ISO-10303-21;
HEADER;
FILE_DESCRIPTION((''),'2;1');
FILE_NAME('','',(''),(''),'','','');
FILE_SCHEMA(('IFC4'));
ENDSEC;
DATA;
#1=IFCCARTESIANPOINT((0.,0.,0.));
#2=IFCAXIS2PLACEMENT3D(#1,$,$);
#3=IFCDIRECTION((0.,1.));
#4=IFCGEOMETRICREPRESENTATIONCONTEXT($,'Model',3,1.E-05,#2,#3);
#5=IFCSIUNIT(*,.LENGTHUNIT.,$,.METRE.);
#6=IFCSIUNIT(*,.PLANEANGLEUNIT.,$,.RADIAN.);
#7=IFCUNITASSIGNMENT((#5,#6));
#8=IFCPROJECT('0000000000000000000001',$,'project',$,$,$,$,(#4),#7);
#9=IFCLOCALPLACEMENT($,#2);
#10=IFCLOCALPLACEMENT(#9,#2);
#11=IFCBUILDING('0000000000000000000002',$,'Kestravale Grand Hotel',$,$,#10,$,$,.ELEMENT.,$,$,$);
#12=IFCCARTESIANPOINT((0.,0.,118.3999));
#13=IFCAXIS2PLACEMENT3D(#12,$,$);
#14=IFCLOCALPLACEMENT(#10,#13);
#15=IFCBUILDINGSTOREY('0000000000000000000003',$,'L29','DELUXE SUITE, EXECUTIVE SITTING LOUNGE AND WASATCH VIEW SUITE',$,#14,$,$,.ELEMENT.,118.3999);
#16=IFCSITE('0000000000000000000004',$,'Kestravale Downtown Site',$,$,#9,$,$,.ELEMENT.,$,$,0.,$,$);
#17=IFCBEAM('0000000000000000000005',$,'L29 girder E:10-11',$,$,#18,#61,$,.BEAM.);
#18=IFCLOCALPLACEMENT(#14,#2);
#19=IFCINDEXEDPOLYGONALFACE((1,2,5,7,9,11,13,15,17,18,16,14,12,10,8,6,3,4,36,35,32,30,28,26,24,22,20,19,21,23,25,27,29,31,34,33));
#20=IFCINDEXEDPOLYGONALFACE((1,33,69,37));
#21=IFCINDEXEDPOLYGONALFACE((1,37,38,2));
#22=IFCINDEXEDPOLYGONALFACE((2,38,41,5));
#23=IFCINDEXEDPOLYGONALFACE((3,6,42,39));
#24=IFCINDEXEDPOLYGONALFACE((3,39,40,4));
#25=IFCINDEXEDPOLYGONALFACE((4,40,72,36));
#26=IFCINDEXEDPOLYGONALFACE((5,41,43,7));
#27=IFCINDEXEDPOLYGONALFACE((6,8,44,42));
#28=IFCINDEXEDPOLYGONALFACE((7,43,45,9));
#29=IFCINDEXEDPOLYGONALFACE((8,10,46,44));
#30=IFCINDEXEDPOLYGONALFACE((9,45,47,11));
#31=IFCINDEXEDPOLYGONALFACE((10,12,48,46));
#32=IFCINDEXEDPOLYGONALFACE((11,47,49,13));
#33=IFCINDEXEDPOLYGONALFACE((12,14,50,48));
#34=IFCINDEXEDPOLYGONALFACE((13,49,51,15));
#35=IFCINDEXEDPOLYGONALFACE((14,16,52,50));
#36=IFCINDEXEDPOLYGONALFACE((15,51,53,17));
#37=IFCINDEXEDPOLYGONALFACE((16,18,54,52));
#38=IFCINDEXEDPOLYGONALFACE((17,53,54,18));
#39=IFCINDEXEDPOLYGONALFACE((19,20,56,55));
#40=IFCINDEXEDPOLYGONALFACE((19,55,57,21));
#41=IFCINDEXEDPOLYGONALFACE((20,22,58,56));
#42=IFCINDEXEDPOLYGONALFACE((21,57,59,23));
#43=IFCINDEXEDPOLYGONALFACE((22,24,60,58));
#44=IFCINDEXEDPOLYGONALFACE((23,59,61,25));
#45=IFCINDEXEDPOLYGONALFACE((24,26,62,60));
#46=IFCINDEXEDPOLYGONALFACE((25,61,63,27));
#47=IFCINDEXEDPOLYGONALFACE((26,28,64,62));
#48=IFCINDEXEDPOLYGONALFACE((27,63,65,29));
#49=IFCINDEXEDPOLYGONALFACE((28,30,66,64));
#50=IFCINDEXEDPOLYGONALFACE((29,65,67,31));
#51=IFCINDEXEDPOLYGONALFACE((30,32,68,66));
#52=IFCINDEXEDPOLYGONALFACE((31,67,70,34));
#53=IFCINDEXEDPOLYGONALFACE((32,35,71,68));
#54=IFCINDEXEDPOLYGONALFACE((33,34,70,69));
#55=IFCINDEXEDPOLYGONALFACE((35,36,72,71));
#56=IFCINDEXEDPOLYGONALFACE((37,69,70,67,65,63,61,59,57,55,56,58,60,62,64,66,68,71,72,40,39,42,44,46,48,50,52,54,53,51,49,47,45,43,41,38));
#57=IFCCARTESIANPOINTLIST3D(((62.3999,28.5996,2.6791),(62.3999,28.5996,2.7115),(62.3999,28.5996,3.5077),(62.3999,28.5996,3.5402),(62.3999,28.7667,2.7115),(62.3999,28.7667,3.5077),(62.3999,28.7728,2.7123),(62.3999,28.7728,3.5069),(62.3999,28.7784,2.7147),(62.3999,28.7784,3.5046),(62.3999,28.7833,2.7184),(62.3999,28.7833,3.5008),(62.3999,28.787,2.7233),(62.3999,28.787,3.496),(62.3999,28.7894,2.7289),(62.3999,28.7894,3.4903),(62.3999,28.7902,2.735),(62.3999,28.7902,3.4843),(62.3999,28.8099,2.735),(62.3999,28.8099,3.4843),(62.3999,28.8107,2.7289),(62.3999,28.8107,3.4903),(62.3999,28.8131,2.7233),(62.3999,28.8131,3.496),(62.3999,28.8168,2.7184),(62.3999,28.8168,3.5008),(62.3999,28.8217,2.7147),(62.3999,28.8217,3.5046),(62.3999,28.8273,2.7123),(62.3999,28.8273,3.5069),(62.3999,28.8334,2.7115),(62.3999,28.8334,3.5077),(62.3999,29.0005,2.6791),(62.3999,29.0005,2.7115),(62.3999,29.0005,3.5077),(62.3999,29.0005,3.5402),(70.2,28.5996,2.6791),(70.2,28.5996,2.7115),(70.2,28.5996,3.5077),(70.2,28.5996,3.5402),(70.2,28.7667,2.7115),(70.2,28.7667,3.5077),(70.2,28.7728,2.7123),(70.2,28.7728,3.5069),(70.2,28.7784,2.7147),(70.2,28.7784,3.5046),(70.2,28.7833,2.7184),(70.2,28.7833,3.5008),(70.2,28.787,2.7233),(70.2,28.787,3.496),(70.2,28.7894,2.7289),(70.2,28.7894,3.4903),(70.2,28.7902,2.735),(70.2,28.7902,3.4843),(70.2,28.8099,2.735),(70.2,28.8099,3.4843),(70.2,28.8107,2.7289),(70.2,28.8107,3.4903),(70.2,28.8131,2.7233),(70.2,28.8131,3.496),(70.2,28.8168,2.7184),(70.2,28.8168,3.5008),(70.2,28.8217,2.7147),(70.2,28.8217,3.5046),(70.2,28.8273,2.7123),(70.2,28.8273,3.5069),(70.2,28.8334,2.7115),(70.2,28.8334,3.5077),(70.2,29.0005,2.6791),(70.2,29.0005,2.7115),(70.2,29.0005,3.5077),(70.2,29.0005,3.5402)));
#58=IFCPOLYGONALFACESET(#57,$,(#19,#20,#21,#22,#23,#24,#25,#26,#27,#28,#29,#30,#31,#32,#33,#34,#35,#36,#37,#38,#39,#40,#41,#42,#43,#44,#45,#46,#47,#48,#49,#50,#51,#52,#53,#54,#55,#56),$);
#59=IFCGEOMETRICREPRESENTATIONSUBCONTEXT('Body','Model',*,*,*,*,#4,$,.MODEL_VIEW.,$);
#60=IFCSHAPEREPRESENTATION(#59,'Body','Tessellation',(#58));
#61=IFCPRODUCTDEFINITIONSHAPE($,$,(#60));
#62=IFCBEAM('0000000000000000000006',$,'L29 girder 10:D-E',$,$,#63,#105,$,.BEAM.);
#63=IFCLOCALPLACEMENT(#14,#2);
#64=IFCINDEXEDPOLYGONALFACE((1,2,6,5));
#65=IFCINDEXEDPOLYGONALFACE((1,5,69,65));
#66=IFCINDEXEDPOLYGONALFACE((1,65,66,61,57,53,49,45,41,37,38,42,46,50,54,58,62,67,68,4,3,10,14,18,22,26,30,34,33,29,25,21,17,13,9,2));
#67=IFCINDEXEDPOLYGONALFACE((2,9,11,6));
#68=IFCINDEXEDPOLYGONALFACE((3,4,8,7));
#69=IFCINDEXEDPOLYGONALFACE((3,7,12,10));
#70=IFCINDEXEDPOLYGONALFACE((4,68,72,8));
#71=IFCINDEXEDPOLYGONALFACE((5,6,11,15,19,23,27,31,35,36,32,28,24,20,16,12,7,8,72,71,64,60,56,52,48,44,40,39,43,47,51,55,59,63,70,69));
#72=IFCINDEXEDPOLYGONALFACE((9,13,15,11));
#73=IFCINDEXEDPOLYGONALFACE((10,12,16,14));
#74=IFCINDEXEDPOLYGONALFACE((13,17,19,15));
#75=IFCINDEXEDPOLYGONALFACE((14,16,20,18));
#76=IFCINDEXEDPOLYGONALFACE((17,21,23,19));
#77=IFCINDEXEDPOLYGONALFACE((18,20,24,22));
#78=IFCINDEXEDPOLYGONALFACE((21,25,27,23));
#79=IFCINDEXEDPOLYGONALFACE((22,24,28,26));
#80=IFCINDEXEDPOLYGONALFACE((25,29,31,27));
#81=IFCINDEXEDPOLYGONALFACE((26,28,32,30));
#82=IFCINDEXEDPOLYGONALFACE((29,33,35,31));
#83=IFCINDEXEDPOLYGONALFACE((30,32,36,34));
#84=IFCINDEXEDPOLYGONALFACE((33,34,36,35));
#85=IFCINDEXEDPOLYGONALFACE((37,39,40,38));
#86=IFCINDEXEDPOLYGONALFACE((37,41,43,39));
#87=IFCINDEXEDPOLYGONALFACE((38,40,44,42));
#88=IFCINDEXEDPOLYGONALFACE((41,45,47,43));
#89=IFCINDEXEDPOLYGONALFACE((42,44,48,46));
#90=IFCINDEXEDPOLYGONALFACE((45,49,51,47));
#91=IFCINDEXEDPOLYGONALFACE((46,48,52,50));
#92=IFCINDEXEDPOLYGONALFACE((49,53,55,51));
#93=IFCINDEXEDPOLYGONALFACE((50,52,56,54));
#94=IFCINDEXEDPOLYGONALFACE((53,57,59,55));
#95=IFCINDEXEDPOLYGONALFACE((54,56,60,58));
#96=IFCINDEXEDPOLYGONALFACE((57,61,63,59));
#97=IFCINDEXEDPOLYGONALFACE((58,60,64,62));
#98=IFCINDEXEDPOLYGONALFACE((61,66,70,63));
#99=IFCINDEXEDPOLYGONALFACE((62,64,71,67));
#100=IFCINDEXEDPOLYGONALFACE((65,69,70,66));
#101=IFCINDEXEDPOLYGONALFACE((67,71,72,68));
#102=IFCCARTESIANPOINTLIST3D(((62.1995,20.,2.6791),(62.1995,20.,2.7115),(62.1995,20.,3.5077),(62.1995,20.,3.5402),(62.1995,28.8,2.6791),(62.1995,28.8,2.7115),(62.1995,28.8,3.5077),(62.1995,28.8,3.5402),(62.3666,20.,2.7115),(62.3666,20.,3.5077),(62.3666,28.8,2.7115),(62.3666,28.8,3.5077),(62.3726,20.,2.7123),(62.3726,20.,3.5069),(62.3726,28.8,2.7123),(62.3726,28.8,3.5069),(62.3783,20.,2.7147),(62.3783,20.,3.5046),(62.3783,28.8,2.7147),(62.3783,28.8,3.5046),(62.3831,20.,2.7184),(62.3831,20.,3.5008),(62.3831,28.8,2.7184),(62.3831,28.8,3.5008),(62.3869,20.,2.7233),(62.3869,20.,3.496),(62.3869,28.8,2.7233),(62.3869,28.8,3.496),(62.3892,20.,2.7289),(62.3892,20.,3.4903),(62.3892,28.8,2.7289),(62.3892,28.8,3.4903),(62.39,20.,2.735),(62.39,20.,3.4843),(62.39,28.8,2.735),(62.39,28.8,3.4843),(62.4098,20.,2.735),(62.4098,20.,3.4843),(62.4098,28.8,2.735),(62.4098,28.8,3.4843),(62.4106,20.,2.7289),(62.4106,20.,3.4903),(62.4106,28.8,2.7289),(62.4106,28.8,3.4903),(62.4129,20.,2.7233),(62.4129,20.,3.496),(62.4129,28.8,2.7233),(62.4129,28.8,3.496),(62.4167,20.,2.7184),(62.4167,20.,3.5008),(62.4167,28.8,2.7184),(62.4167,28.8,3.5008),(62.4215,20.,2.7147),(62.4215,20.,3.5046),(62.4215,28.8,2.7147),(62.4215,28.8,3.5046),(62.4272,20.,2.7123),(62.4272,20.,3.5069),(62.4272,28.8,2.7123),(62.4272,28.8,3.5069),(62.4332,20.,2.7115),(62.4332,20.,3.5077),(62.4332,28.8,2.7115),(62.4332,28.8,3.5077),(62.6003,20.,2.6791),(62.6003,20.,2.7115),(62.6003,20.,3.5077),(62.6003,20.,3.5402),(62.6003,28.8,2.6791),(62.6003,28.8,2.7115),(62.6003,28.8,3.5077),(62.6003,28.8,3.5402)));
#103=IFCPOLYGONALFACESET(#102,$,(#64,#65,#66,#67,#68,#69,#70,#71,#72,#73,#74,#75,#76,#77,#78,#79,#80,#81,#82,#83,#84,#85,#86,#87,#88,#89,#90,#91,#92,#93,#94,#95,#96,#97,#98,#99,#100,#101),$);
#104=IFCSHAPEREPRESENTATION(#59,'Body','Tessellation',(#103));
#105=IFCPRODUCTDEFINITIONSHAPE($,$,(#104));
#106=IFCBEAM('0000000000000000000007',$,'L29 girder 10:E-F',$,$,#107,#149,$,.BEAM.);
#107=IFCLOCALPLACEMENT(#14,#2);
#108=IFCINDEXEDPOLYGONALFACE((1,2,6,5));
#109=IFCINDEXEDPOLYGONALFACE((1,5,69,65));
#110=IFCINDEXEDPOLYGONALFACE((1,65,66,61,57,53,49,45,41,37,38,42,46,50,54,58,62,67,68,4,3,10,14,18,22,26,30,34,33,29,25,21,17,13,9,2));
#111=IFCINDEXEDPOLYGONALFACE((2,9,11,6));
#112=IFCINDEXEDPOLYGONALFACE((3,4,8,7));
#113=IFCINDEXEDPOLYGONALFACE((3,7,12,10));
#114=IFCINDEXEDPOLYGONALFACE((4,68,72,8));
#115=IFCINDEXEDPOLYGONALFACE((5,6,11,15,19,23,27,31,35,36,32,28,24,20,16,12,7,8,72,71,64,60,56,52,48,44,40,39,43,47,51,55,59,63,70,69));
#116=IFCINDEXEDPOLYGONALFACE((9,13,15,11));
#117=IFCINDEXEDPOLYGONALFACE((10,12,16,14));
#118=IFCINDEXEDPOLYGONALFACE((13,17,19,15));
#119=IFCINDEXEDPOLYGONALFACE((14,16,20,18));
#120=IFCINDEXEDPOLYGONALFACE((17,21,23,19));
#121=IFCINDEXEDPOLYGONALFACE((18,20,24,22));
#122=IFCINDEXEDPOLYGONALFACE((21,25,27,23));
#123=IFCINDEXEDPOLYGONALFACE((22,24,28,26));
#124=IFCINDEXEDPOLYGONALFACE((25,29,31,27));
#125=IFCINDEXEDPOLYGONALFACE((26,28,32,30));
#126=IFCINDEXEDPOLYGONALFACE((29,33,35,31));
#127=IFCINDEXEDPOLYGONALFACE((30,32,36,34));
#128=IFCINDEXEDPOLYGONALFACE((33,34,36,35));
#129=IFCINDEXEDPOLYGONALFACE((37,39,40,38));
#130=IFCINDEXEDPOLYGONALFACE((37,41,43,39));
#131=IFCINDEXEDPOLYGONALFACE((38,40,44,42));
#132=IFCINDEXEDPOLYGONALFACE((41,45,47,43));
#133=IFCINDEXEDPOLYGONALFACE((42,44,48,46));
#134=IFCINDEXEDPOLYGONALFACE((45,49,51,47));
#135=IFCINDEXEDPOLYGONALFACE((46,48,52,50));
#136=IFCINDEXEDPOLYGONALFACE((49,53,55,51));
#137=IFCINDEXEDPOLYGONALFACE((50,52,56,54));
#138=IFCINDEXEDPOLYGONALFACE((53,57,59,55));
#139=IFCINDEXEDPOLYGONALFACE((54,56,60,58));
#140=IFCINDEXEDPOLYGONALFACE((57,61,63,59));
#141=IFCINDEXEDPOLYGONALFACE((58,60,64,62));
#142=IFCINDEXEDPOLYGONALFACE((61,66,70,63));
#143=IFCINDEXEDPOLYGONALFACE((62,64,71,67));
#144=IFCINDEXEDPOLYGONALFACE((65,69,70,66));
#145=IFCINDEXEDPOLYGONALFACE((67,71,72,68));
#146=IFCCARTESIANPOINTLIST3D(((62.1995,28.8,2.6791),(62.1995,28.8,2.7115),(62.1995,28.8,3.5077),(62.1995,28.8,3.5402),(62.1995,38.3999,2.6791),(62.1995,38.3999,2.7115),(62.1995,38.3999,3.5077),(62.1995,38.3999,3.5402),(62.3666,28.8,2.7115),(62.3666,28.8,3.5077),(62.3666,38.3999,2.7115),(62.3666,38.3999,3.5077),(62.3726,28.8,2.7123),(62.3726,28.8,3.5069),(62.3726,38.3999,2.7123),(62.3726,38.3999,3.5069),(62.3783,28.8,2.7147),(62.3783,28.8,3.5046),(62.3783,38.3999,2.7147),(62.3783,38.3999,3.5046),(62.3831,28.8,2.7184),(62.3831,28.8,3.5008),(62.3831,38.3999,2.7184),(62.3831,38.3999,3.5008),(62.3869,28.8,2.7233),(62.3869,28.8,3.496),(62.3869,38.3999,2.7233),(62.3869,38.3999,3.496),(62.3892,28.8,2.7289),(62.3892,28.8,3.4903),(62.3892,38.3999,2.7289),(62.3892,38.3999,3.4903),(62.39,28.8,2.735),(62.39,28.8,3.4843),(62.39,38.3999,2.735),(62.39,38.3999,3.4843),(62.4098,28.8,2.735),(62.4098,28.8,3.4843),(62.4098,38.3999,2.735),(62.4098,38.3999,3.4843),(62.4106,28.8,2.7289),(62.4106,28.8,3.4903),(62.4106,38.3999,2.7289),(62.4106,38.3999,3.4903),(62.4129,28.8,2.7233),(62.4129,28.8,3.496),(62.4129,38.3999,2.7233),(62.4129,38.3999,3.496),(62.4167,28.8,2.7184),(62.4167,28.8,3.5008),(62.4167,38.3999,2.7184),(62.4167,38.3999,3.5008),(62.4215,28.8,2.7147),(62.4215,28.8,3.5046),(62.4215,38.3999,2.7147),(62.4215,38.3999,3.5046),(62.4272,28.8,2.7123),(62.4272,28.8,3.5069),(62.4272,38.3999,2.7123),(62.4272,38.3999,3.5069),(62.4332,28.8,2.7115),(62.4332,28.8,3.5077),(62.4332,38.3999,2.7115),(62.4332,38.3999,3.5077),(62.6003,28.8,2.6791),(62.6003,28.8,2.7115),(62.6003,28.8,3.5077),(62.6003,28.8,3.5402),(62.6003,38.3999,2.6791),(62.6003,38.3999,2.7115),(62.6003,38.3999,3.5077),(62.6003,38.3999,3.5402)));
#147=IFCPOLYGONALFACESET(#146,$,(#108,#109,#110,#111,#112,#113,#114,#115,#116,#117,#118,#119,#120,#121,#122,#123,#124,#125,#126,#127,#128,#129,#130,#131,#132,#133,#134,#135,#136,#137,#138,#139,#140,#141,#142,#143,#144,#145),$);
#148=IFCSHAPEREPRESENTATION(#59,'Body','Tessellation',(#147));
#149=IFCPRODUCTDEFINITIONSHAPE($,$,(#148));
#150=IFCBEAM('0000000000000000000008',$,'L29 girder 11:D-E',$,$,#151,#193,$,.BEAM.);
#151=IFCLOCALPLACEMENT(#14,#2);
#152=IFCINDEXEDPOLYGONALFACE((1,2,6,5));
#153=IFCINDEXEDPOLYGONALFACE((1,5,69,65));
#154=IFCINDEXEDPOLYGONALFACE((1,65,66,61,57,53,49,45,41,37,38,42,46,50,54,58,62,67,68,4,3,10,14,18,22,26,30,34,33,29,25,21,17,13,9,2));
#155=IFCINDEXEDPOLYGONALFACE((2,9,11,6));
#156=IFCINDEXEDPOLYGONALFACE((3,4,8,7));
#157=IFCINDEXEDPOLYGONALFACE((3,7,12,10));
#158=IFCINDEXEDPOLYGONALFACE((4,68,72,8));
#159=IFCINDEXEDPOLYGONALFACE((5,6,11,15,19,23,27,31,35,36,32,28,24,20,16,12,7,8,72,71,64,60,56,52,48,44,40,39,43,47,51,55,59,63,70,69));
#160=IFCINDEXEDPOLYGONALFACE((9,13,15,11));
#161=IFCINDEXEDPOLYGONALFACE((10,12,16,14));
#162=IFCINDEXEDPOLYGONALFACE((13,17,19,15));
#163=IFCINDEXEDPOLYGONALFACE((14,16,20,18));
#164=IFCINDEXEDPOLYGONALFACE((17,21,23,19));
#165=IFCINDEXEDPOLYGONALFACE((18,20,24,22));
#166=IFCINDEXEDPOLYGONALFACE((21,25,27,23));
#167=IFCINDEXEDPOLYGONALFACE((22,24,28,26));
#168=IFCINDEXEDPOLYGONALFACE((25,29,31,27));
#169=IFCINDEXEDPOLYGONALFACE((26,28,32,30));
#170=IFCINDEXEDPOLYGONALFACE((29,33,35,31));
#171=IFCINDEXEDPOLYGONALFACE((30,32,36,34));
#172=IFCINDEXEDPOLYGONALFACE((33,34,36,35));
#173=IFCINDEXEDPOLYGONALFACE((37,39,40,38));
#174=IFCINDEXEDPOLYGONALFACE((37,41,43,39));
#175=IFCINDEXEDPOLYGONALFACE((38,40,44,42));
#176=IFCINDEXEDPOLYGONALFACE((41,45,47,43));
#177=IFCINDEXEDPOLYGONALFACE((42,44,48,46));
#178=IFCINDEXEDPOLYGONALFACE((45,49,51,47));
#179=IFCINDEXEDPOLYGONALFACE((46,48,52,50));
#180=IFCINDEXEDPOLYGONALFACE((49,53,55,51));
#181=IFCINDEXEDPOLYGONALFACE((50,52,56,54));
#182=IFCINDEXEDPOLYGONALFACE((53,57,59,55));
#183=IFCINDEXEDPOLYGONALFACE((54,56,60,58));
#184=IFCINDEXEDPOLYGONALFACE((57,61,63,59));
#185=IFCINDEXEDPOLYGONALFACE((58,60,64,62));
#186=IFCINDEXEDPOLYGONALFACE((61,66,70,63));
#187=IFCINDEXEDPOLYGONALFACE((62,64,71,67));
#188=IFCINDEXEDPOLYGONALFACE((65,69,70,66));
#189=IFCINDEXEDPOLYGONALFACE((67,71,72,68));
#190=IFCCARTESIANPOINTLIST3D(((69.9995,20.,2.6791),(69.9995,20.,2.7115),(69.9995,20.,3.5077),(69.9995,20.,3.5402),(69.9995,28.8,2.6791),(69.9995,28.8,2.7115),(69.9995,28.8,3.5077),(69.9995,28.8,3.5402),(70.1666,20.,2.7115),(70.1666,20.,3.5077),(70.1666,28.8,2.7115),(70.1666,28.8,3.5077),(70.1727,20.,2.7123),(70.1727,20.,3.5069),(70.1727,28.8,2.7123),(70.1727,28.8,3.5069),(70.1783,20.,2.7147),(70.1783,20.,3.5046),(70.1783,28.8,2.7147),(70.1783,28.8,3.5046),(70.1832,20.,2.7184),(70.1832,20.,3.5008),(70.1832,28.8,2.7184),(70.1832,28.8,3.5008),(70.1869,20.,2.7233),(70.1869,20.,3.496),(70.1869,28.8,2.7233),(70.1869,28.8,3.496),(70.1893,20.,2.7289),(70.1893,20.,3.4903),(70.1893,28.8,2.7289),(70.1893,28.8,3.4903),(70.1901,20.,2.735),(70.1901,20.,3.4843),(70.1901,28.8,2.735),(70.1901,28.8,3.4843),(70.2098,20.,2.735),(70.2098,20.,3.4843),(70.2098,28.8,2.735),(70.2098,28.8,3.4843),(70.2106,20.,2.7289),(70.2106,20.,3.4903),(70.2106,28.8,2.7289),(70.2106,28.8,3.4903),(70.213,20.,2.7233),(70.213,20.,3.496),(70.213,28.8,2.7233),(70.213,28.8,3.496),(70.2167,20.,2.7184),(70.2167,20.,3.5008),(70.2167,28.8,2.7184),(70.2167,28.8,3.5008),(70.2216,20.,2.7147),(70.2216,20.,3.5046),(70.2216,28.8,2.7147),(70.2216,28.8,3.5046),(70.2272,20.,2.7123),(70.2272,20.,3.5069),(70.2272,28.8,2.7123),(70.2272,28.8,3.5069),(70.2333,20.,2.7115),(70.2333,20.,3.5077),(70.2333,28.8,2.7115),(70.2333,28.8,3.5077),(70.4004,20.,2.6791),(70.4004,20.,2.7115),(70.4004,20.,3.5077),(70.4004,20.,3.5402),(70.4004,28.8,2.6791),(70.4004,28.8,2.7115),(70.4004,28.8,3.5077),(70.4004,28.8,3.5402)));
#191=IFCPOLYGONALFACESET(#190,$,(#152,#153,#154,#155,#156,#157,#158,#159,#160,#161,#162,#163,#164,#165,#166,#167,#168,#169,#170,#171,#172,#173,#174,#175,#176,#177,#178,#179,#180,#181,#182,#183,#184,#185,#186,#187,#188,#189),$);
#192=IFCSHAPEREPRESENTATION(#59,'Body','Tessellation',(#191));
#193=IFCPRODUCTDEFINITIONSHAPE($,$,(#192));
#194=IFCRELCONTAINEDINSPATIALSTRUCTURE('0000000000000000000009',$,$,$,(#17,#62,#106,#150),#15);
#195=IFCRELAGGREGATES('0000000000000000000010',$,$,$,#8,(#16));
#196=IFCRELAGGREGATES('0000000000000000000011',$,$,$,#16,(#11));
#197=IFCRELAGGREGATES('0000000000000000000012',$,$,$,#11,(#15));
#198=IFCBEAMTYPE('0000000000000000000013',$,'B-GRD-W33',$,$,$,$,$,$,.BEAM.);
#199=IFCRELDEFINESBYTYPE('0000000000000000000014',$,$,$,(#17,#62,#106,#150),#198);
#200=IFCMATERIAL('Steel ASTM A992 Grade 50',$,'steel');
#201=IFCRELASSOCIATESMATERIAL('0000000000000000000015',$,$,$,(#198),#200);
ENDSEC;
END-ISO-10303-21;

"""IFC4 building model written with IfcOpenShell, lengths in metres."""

from ifc_helpers import new_model, si_unit, direction, frame, origin, origin_2d, place, context, subcontext, project, spatial, i_section, extrude, material, material_profile, profile_set, type_object, element, save


model = new_model("IFC4")

# Units and contexts
model_context = context("Model", 3, precision=1e-05, world=origin(), true_north=direction((0.0, 1.0)))
body_context = subcontext(model_context, "Body", "Model", "MODEL_VIEW")
ifc_project = project(units=[si_unit("LENGTHUNIT", "METRE"), si_unit("PLANEANGLEUNIT", "RADIAN")], contexts=[model_context])

# Site, building, storey
site_placement = place(None, origin())
site = spatial("IfcSite", under=ifc_project, at=site_placement, Name="Kestravale Downtown Site", CompositionType="ELEMENT", RefElevation=0.0)
building_placement = place(site_placement, origin())
building = spatial("IfcBuilding", under=site, at=building_placement, Name="Kestravale Grand Hotel", CompositionType="ELEMENT")
storey_placement = place(building_placement, frame((0.0, 0.0, 118.3999)))
storey = spatial("IfcBuildingStorey", under=building, at=storey_placement, Name="L29", Description="DELUXE SUITE, EXECUTIVE SITTING LOUNGE AND WASATCH VIEW SUITE", CompositionType="ELEMENT", Elevation=118.3999)

# Beams
ifc_material_1 = material(Name="Steel ASTM A992 Grade 50", Category="steel")
ifc_material_profile_1 = material_profile(ifc_material_1, i_section(OverallWidth=0.4009, OverallDepth=0.8611, WebThickness=0.0198, FlangeThickness=0.0325, FilletRadius=0.0234, at=origin_2d()))
ifc_profile_set_1 = profile_set([ifc_material_profile_1], Name="Steel ASTM A992 Grade 50")
beam_type_1 = type_object("IfcBeamType", Name="B-GRD-W33", PredefinedType="BEAM", material=ifc_profile_set_1)
for number, where, z_axis, x_axis, name in (
    (1, (62.3999, 28.8, 3.1096), (1.0, 0.0, 0.0), (0.0, 1.0, 0.0), "L29 girder E:10-11"),
):
    element("IfcBeam", number, at=place(storey_placement, frame(where, z_axis=z_axis, x_axis=x_axis)), inside=storey, type_object=beam_type_1, Name=name, PredefinedType="BEAM", context=body_context, shape_type="SweptSolid", body=[
        extrude(i_section(OverallWidth=0.4009, OverallDepth=0.8611, WebThickness=0.0198, FlangeThickness=0.0325, FilletRadius=0.0234, at=origin_2d()), origin(), (0.0, 0.0, 1.0), 7.8),
    ])
beam_1_placement = place(storey_placement, frame((62.3999, 20.0, 3.1096), z_axis=(0.0, 1.0, 0.0), x_axis=(-1.0, 0.0, 0.0)))
element("IfcBeam", 2, at=beam_1_placement, inside=storey, type_object=beam_type_1, Name="L29 girder 10:D-E", PredefinedType="BEAM", context=body_context, shape_type="SweptSolid", body=[
    extrude(i_section(OverallWidth=0.4009, OverallDepth=0.8611, WebThickness=0.0198, FlangeThickness=0.0325, FilletRadius=0.0234, at=origin_2d()), origin(), (0.0, 0.0, 1.0), 8.8),
])
beam_2_placement = place(storey_placement, frame((62.3999, 28.8, 3.1096), z_axis=(0.0, 1.0, 0.0), x_axis=(-1.0, 0.0, 0.0)))
element("IfcBeam", 3, at=beam_2_placement, inside=storey, type_object=beam_type_1, Name="L29 girder 10:E-F", PredefinedType="BEAM", context=body_context, shape_type="SweptSolid", body=[
    extrude(i_section(OverallWidth=0.4009, OverallDepth=0.8611, WebThickness=0.0198, FlangeThickness=0.0325, FilletRadius=0.0234, at=origin_2d()), origin(), (0.0, 0.0, 1.0), 9.5999),
])
beam_3_placement = place(storey_placement, frame((70.2, 20.0, 3.1096), z_axis=(0.0, 1.0, 0.0), x_axis=(-1.0, 0.0, 0.0)))
element("IfcBeam", 4, at=beam_3_placement, inside=storey, type_object=beam_type_1, Name="L29 girder 11:D-E", PredefinedType="BEAM", context=body_context, shape_type="SweptSolid", body=[
    extrude(i_section(OverallWidth=0.4009, OverallDepth=0.8611, WebThickness=0.0198, FlangeThickness=0.0325, FilletRadius=0.0234, at=origin_2d()), origin(), (0.0, 0.0, 1.0), 8.8),
])

save(model, "model.ifc")
